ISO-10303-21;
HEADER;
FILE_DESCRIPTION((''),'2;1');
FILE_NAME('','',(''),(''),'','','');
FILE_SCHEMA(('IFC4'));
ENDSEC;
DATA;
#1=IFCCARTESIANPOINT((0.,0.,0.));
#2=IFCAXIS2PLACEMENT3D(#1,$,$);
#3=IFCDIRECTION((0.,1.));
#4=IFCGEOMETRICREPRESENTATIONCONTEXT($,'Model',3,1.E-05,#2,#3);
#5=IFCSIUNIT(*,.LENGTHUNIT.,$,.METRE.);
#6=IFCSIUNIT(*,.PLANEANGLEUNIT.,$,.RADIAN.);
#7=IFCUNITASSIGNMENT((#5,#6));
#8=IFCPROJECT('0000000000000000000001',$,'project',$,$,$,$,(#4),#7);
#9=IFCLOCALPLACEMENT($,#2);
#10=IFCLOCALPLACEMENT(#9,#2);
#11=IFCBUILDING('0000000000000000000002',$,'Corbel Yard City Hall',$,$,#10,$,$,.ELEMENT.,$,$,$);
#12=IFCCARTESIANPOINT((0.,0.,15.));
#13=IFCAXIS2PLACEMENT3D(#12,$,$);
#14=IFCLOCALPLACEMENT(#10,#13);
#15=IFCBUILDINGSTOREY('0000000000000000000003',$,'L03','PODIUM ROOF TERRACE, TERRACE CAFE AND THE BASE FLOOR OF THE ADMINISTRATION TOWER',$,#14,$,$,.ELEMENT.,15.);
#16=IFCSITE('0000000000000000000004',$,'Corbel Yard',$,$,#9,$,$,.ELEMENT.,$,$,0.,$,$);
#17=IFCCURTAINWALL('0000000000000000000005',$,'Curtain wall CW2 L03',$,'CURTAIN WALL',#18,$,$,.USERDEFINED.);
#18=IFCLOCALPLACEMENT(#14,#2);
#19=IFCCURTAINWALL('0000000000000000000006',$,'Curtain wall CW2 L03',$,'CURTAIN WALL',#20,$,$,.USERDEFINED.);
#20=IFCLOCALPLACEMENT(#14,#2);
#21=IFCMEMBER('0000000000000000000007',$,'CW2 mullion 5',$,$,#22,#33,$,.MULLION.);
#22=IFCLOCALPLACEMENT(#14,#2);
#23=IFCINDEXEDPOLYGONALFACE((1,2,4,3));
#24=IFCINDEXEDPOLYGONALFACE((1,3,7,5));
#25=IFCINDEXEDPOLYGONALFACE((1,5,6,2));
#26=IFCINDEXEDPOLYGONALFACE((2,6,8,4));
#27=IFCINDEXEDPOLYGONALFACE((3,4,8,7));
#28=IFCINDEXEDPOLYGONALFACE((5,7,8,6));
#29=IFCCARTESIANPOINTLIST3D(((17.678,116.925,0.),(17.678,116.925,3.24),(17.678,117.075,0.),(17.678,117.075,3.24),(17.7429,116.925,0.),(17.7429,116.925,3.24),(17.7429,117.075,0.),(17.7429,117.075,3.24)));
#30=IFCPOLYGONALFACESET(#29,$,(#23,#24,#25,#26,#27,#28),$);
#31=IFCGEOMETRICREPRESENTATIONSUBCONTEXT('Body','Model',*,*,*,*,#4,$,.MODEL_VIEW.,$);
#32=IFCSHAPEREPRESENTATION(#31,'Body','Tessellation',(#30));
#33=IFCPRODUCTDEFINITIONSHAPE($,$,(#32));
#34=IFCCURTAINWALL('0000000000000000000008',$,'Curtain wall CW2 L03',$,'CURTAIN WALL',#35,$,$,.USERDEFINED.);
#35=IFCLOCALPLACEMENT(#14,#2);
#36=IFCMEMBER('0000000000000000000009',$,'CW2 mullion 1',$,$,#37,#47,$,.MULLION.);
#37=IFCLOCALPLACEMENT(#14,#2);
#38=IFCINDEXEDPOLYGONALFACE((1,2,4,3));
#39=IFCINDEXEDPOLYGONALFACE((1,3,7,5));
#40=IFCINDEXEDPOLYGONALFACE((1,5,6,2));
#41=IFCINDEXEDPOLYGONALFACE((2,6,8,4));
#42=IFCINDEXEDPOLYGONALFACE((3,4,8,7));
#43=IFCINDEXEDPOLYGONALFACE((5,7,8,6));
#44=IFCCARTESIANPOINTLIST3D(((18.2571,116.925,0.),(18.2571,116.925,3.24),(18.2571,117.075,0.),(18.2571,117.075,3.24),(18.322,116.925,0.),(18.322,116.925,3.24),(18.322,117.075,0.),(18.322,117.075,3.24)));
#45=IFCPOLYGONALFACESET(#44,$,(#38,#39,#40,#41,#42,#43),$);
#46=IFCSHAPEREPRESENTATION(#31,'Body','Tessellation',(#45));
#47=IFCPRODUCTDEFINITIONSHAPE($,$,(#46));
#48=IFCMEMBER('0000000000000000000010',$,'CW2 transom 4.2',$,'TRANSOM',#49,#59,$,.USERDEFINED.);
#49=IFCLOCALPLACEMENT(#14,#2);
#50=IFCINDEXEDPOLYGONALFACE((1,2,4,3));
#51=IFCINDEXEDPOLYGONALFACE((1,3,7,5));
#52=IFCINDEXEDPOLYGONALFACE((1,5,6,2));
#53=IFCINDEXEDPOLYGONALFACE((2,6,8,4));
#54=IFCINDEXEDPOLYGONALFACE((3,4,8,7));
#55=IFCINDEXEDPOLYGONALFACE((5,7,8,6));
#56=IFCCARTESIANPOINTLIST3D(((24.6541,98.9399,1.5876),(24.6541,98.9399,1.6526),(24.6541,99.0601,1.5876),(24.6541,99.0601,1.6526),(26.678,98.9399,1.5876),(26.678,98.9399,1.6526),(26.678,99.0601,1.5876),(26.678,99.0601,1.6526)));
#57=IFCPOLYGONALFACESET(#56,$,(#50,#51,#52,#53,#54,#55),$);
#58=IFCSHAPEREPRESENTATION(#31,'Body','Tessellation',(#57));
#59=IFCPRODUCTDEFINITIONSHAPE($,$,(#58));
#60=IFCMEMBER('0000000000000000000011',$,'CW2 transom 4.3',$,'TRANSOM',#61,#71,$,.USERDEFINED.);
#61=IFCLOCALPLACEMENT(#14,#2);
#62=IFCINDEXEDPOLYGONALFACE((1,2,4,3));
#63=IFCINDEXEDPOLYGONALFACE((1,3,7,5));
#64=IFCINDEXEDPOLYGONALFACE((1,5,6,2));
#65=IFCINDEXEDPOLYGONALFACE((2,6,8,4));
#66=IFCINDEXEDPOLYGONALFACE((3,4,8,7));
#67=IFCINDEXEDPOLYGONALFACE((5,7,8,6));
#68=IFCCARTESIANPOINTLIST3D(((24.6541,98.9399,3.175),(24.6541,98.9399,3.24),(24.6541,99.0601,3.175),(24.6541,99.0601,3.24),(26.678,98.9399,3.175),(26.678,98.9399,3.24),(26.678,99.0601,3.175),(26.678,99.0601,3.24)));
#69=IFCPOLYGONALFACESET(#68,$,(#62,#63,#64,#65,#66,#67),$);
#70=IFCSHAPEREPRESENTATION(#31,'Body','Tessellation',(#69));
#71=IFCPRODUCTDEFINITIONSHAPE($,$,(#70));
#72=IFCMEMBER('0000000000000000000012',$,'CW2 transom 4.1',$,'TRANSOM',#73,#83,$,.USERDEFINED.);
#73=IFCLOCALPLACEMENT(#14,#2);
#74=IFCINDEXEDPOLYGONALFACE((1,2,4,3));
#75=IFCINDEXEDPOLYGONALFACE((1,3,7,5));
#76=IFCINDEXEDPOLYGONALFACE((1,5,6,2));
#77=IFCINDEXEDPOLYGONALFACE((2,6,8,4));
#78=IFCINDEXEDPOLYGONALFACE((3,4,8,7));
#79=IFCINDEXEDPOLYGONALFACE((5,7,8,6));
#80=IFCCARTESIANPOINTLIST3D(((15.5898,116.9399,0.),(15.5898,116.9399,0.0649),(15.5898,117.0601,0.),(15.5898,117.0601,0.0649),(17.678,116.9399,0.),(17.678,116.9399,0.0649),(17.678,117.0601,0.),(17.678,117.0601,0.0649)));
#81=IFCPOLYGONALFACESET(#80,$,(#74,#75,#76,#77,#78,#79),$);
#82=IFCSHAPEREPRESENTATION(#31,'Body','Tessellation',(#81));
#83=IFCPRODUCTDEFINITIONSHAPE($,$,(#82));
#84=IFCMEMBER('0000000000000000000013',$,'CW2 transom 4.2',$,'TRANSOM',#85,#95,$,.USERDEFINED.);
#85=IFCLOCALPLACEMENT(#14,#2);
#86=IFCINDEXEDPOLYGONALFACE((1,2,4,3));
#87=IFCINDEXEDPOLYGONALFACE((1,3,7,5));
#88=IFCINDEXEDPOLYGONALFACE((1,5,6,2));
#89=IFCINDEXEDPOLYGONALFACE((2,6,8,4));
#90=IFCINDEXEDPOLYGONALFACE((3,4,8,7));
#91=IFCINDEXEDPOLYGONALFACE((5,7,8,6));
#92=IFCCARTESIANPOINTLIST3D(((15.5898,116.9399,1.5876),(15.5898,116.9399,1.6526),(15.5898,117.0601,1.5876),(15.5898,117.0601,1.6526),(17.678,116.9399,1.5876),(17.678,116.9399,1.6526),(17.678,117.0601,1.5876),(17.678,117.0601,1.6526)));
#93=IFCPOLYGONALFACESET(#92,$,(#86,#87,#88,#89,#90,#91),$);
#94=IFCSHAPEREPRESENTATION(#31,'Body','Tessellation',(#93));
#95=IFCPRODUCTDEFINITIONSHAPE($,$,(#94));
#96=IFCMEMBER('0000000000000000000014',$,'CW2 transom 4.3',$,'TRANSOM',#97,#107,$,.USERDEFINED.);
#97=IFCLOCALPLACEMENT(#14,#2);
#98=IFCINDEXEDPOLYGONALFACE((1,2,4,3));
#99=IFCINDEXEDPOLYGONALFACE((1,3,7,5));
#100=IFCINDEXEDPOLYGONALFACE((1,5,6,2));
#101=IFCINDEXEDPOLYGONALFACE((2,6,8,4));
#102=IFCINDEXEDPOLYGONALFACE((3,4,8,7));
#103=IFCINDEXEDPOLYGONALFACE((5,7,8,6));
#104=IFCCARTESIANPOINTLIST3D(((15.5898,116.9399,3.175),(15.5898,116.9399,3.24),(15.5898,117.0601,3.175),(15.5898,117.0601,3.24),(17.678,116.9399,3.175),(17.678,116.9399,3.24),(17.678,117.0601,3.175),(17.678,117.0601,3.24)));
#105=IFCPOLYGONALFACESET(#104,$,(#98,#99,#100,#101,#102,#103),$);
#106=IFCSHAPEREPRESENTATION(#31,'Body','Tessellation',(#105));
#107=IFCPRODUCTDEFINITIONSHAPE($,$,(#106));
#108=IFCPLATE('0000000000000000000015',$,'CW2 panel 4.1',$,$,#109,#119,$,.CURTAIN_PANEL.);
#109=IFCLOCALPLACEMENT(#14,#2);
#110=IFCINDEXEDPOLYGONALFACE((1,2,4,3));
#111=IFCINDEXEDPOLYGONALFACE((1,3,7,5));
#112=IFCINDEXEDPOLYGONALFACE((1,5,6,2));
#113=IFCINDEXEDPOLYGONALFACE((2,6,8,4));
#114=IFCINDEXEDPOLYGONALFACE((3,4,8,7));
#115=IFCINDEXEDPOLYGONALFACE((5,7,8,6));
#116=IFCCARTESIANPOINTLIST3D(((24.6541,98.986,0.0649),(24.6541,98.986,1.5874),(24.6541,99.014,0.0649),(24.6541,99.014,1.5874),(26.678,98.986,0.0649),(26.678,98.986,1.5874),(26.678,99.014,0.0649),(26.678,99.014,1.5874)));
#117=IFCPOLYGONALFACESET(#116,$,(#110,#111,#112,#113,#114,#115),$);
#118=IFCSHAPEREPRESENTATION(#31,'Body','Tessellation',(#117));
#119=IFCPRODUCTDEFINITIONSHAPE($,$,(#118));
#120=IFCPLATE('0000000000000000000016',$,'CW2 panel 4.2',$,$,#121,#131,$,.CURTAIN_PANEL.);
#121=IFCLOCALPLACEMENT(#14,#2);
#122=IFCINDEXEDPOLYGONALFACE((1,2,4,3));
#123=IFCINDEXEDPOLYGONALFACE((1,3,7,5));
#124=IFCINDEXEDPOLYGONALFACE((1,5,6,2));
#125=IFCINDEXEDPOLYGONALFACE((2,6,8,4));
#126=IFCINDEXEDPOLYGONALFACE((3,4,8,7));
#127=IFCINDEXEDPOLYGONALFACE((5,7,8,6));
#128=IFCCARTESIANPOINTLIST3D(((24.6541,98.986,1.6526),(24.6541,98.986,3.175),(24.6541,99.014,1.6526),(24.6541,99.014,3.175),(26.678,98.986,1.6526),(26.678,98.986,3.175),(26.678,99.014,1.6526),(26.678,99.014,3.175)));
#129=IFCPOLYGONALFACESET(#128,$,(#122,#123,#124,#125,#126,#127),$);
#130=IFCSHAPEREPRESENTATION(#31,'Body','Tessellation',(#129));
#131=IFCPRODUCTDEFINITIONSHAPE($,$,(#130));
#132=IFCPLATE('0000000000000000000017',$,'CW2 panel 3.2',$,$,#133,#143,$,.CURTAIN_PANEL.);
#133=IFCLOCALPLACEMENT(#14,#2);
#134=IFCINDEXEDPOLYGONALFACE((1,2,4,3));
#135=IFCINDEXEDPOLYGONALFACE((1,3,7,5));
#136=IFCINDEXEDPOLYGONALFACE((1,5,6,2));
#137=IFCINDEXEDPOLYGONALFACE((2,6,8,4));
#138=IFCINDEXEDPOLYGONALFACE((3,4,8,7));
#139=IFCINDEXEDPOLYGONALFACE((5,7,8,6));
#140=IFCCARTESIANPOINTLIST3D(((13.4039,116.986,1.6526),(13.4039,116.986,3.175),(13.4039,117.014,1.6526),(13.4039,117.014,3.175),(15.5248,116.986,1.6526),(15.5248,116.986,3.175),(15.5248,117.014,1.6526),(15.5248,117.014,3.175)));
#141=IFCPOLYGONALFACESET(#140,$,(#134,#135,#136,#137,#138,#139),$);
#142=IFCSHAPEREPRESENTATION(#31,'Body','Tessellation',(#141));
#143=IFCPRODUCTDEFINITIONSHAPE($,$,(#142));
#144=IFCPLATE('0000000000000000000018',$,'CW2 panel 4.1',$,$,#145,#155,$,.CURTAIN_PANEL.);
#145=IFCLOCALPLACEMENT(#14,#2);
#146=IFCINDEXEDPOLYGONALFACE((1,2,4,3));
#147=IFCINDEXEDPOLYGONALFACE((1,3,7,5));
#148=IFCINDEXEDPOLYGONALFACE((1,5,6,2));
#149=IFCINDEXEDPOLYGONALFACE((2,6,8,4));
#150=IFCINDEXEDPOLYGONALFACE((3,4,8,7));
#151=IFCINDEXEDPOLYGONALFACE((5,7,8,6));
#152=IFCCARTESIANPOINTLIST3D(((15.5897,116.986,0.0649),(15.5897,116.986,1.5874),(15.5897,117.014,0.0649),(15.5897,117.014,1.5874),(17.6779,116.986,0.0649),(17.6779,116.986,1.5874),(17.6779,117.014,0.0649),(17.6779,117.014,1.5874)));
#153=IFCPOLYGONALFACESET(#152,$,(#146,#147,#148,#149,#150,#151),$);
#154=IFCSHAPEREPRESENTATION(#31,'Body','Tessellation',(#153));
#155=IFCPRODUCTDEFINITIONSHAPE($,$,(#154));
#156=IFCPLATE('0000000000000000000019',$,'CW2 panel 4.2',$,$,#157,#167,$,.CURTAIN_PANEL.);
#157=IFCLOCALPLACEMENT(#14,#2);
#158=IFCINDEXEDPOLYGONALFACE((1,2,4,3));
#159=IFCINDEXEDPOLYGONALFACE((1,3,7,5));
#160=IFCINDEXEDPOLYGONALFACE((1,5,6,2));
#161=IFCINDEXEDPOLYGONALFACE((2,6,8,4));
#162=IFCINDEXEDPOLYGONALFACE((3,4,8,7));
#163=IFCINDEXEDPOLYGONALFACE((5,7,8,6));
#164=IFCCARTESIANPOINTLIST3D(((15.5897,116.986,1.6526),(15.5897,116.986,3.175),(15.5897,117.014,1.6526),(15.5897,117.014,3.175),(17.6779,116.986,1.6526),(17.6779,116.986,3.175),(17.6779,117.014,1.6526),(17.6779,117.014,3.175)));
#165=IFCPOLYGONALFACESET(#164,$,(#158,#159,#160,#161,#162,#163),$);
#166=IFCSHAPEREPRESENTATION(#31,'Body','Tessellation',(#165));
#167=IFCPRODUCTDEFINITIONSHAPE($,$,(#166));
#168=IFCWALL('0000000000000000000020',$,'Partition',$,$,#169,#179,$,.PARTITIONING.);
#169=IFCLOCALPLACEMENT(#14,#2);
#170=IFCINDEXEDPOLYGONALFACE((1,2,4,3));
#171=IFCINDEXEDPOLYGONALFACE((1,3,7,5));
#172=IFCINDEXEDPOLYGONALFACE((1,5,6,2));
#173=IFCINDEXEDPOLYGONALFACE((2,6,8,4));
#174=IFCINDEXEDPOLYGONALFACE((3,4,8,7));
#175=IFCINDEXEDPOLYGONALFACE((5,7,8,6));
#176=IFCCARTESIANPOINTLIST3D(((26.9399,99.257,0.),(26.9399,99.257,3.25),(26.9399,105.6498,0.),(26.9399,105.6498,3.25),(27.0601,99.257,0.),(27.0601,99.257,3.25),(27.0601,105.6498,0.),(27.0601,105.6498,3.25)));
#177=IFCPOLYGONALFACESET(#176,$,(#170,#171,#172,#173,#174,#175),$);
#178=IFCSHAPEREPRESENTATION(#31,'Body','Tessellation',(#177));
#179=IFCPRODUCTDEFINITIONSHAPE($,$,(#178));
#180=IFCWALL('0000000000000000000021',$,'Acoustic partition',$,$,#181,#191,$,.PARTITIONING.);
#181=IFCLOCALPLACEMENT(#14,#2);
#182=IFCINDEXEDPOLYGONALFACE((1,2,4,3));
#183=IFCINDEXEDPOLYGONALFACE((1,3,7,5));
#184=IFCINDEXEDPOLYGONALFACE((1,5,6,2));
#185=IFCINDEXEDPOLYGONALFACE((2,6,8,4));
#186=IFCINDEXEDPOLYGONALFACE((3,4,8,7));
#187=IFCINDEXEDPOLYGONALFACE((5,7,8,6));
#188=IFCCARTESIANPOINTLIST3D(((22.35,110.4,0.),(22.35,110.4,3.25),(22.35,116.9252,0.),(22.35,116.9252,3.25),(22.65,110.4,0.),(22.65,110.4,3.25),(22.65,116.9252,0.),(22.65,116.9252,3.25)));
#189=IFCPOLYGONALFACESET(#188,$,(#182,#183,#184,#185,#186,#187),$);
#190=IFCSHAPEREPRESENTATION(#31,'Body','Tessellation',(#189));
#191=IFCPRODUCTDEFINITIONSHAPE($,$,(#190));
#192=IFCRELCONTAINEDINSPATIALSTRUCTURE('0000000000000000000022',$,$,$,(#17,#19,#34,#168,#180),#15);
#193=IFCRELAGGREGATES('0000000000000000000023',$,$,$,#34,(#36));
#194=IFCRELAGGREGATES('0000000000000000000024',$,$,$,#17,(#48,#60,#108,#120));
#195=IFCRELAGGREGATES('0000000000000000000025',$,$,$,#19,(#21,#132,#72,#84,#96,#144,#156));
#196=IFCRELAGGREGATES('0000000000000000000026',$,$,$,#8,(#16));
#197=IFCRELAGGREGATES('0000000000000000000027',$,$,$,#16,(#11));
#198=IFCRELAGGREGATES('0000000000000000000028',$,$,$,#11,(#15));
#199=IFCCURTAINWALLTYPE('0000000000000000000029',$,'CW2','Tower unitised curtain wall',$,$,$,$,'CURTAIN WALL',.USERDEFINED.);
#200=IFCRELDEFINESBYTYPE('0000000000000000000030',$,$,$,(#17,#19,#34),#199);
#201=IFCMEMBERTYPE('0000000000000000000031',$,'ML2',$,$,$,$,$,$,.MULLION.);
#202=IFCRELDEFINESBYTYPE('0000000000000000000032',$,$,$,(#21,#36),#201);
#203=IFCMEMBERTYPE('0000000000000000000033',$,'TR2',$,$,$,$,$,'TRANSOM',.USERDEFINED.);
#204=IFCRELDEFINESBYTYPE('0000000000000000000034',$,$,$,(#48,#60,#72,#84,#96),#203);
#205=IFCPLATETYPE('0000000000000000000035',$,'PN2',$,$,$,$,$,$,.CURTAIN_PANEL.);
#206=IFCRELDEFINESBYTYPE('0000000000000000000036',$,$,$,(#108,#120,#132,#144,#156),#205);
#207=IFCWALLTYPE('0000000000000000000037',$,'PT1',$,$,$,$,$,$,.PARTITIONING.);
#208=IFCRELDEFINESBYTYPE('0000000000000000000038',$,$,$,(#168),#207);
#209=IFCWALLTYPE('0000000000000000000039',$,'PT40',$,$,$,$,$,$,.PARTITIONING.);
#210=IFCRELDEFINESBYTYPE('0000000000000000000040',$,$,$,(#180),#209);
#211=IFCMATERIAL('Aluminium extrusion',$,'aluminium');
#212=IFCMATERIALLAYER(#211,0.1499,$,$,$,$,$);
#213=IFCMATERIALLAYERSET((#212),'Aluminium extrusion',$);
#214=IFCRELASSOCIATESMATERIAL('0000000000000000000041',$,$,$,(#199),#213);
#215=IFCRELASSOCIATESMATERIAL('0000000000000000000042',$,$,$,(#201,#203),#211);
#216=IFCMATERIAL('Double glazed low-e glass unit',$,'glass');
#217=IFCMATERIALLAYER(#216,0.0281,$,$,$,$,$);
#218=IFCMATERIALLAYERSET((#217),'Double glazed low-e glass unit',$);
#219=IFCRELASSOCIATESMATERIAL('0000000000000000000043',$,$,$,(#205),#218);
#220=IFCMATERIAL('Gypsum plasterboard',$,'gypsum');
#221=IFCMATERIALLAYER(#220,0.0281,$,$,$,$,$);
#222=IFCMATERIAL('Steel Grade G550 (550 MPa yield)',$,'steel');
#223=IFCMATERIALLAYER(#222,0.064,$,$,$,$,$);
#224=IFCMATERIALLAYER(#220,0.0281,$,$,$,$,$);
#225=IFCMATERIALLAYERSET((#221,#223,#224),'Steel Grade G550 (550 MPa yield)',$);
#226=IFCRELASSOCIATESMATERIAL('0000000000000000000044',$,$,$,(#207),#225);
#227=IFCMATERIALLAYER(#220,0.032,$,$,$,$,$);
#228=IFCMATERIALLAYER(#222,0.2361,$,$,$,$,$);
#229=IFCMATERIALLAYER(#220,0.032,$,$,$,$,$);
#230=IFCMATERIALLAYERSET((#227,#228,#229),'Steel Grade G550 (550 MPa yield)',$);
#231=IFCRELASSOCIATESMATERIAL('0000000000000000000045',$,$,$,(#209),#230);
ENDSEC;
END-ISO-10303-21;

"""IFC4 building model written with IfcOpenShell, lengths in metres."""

from ifc_helpers import new_model, si_unit, direction, frame, frame_2d, origin, origin_2d, place, context, subcontext, project, spatial, rectangle, extrude, material, layer, layer_set, material_profile, profile_set, type_object, element, aggregate, save


model = new_model("IFC4")

# Units and contexts
model_context = context("Model", 3, precision=1e-05, world=origin(), true_north=direction((0.0, 1.0)))
body_context = subcontext(model_context, "Body", "Model", "MODEL_VIEW")
ifc_project = project(units=[si_unit("LENGTHUNIT", "METRE"), si_unit("PLANEANGLEUNIT", "RADIAN")], contexts=[model_context])

# Site, building, storey
site_placement = place(None, origin())
site = spatial("IfcSite", under=ifc_project, at=site_placement, Name="Corbel Yard", CompositionType="ELEMENT", RefElevation=0.0)
building_placement = place(site_placement, origin())
building = spatial("IfcBuilding", under=site, at=building_placement, Name="Corbel Yard City Hall", CompositionType="ELEMENT")
storey_placement = place(building_placement, frame((0.0, 0.0, 15.0)))
storey = spatial("IfcBuildingStorey", under=building, at=storey_placement, Name="L03", Description="PODIUM ROOF TERRACE, TERRACE CAFE AND THE BASE FLOOR OF THE ADMINISTRATION TOWER", CompositionType="ELEMENT", Elevation=15.0)

# Curtain wall
ifc_material_1 = material(Name="Aluminium extrusion", Category="aluminium")
ifc_layer_1 = layer(ifc_material_1, 0.1499)
ifc_layer_set_1 = layer_set([ifc_layer_1], Name="Aluminium extrusion")
curtain_wall_type = type_object("IfcCurtainWallType", Name="CW2", Description="Tower unitised curtain wall", ElementType="CURTAIN WALL", PredefinedType="USERDEFINED", material=ifc_layer_set_1)
curtain_wall_1_placement = place(storey_placement, origin())
curtain_wall_1 = element("IfcCurtainWall", 1, at=curtain_wall_1_placement, inside=storey, type_object=curtain_wall_type, Name="Curtain wall CW2 L03", ObjectType="CURTAIN WALL", PredefinedType="USERDEFINED")
ifc_material_profile_1 = material_profile(ifc_material_1, rectangle(XDim=0.1499, YDim=0.0649, at=origin_2d()), Name="150x65")
ifc_profile_set_1 = profile_set([ifc_material_profile_1], Name="Aluminium extrusion")
member_type_1 = type_object("IfcMemberType", Name="ML2", PredefinedType="MULLION", material=ifc_profile_set_1)

# Curtain wall, member
curtain_wall_2_placement = place(storey_placement, origin())
curtain_wall_2 = element("IfcCurtainWall", 2, at=curtain_wall_2_placement, inside=storey, type_object=curtain_wall_type, Name="Curtain wall CW2 L03", ObjectType="CURTAIN WALL", PredefinedType="USERDEFINED")
member_1_placement = place(storey_placement, frame((17.7104, 117.0, 0.0), z_axis=(0.0, 0.0, 1.0), x_axis=(0.0, 1.0, 0.0)))
member_1 = element("IfcMember", 3, at=member_1_placement, type_object=member_type_1, Name="CW2 mullion 5", PredefinedType="MULLION", context=body_context, shape_type="SweptSolid", body=[
    extrude(rectangle(XDim=0.1499, YDim=0.0649, at=origin_2d()), origin(), (0.0, 0.0, 1.0), 3.24),
])

# Curtain wall, member
curtain_wall_3_placement = place(storey_placement, origin())
curtain_wall_3 = element("IfcCurtainWall", 4, at=curtain_wall_3_placement, inside=storey, type_object=curtain_wall_type, Name="Curtain wall CW2 L03", ObjectType="CURTAIN WALL", PredefinedType="USERDEFINED")
member_2_placement = place(storey_placement, frame((18.2896, 117.0, 0.0), z_axis=(0.0, 0.0, 1.0), x_axis=(0.0, 1.0, 0.0)))
member_2 = element("IfcMember", 5, at=member_2_placement, type_object=member_type_1, Name="CW2 mullion 1", PredefinedType="MULLION", context=body_context, shape_type="SweptSolid", body=[
    extrude(rectangle(XDim=0.1499, YDim=0.0649, at=origin_2d()), origin(), (0.0, 0.0, 1.0), 3.24),
])
aggregate(curtain_wall_3, [member_2])

# Members
ifc_material_profile_2 = material_profile(ifc_material_1, rectangle(XDim=0.1201, YDim=0.0649, at=origin_2d()), Name="120x65")
ifc_profile_set_2 = profile_set([ifc_material_profile_2], Name="Aluminium extrusion")
member_type_2 = type_object("IfcMemberType", Name="TR2", ElementType="TRANSOM", PredefinedType="USERDEFINED", material=ifc_profile_set_2)
member_3_placement = place(storey_placement, frame((24.6541, 99.0, 1.6201), z_axis=(1.0, 0.0, 0.0), x_axis=(0.0, 1.0, 0.0)))
member_3 = element("IfcMember", 6, at=member_3_placement, type_object=member_type_2, Name="CW2 transom 4.2", ObjectType="TRANSOM", PredefinedType="USERDEFINED", context=body_context, shape_type="SweptSolid", body=[
    extrude(rectangle(XDim=0.1201, YDim=0.0649, at=origin_2d()), origin(), (0.0, 0.0, 1.0), 2.0239),
])
member_4_placement = place(storey_placement, frame((24.6541, 99.0, 3.2075), z_axis=(1.0, 0.0, 0.0), x_axis=(0.0, 1.0, 0.0)))
member_4 = element("IfcMember", 7, at=member_4_placement, type_object=member_type_2, Name="CW2 transom 4.3", ObjectType="TRANSOM", PredefinedType="USERDEFINED", context=body_context, shape_type="SweptSolid", body=[
    extrude(rectangle(XDim=0.1201, YDim=0.0649, at=origin_2d()), origin(), (0.0, 0.0, 1.0), 2.0239),
])
member_5_placement = place(storey_placement, frame((15.5898, 117.0, 0.0325), z_axis=(1.0, 0.0, 0.0), x_axis=(0.0, 1.0, 0.0)))
member_5 = element("IfcMember", 8, at=member_5_placement, type_object=member_type_2, Name="CW2 transom 4.1", ObjectType="TRANSOM", PredefinedType="USERDEFINED", context=body_context, shape_type="SweptSolid", body=[
    extrude(rectangle(XDim=0.1201, YDim=0.0649, at=origin_2d()), origin(), (0.0, 0.0, 1.0), 2.0881),
])
member_6_placement = place(storey_placement, frame((15.5898, 117.0, 1.6201), z_axis=(1.0, 0.0, 0.0), x_axis=(0.0, 1.0, 0.0)))
member_6 = element("IfcMember", 9, at=member_6_placement, type_object=member_type_2, Name="CW2 transom 4.2", ObjectType="TRANSOM", PredefinedType="USERDEFINED", context=body_context, shape_type="SweptSolid", body=[
    extrude(rectangle(XDim=0.1201, YDim=0.0649, at=origin_2d()), origin(), (0.0, 0.0, 1.0), 2.0881),
])
member_7_placement = place(storey_placement, frame((15.5898, 117.0, 3.2075), z_axis=(1.0, 0.0, 0.0), x_axis=(0.0, 1.0, 0.0)))
member_7 = element("IfcMember", 10, at=member_7_placement, type_object=member_type_2, Name="CW2 transom 4.3", ObjectType="TRANSOM", PredefinedType="USERDEFINED", context=body_context, shape_type="SweptSolid", body=[
    extrude(rectangle(XDim=0.1201, YDim=0.0649, at=origin_2d()), origin(), (0.0, 0.0, 1.0), 2.0881),
])

# Plates
ifc_material_2 = material(Name="Double glazed low-e glass unit", Category="glass")
ifc_layer_2 = layer(ifc_material_2, 0.0281)
ifc_layer_set_2 = layer_set([ifc_layer_2], Name="Double glazed low-e glass unit")
plate_type = type_object("IfcPlateType", Name="PN2", PredefinedType="CURTAIN_PANEL", material=ifc_layer_set_2)
plate_1_placement = place(storey_placement, frame((25.666, 99.0, 0.0649), z_axis=(0.0, 0.0, 1.0), x_axis=(1.0, 0.0, 0.0)))
plate_1 = element("IfcPlate", 11, at=plate_1_placement, type_object=plate_type, Name="CW2 panel 4.1", PredefinedType="CURTAIN_PANEL", context=body_context, shape_type="SweptSolid", body=[
    extrude(rectangle(XDim=2.0239, YDim=0.0281, at=origin_2d()), origin(), (0.0, 0.0, 1.0), 1.5225),
])
plate_2_placement = place(storey_placement, frame((25.666, 99.0, 1.6526), z_axis=(0.0, 0.0, 1.0), x_axis=(1.0, 0.0, 0.0)))
plate_2 = element("IfcPlate", 12, at=plate_2_placement, type_object=plate_type, Name="CW2 panel 4.2", PredefinedType="CURTAIN_PANEL", context=body_context, shape_type="SweptSolid", body=[
    extrude(rectangle(XDim=2.0239, YDim=0.0281, at=origin_2d()), origin(), (0.0, 0.0, 1.0), 1.5225),
])
aggregate(curtain_wall_1, [member_3, member_4, plate_1, plate_2])
plate_3_placement = place(storey_placement, frame((14.4644, 117.0, 1.6526), z_axis=(0.0, 0.0, 1.0), x_axis=(1.0, 0.0, 0.0)))
plate_3 = element("IfcPlate", 13, at=plate_3_placement, type_object=plate_type, Name="CW2 panel 3.2", PredefinedType="CURTAIN_PANEL", context=body_context, shape_type="SweptSolid", body=[
    extrude(rectangle(XDim=2.1208, YDim=0.0281, at=origin_2d()), origin(), (0.0, 0.0, 1.0), 1.5225),
])
plate_4_placement = place(storey_placement, frame((16.6338, 117.0, 0.0649), z_axis=(0.0, 0.0, 1.0), x_axis=(1.0, 0.0, 0.0)))
plate_4 = element("IfcPlate", 14, at=plate_4_placement, type_object=plate_type, Name="CW2 panel 4.1", PredefinedType="CURTAIN_PANEL", context=body_context, shape_type="SweptSolid", body=[
    extrude(rectangle(XDim=2.0881, YDim=0.0281, at=origin_2d()), origin(), (0.0, 0.0, 1.0), 1.5225),
])
plate_5_placement = place(storey_placement, frame((16.6338, 117.0, 1.6526), z_axis=(0.0, 0.0, 1.0), x_axis=(1.0, 0.0, 0.0)))
plate_5 = element("IfcPlate", 15, at=plate_5_placement, type_object=plate_type, Name="CW2 panel 4.2", PredefinedType="CURTAIN_PANEL", context=body_context, shape_type="SweptSolid", body=[
    extrude(rectangle(XDim=2.0881, YDim=0.0281, at=origin_2d()), origin(), (0.0, 0.0, 1.0), 1.5225),
])
aggregate(curtain_wall_2, [member_1, plate_3, member_5, member_6, member_7, plate_4, plate_5])

# Walls
ifc_material_3 = material(Name="Gypsum plasterboard", Category="gypsum")
ifc_layer_3 = layer(ifc_material_3, 0.0281)
ifc_material_4 = material(Name="Steel Grade G550 (550 MPa yield)", Category="steel")
ifc_layer_4 = layer(ifc_material_4, 0.064)
ifc_layer_5 = layer(ifc_material_3, 0.0281)
ifc_layer_set_3 = layer_set([ifc_layer_3, ifc_layer_4, ifc_layer_5], Name="Steel Grade G550 (550 MPa yield)")
wall_type_1 = type_object("IfcWallType", Name="PT1", PredefinedType="PARTITIONING", material=ifc_layer_set_3)
wall_1_placement = place(storey_placement, frame((27.0, 99.2571, 0.0), z_axis=(0.0, 0.0, 1.0), x_axis=(0.0, 1.0, 0.0)))
element("IfcWall", 16, at=wall_1_placement, inside=storey, type_object=wall_type_1, Name="Partition", PredefinedType="PARTITIONING", context=body_context, shape_type="SweptSolid", body=[
    extrude(rectangle(XDim=6.3928, YDim=0.1201, at=frame_2d((3.1963, 0.0))), origin(), (0.0, 0.0, 1.0), 3.25),
])
ifc_layer_6 = layer(ifc_material_3, 0.032)
ifc_layer_7 = layer(ifc_material_4, 0.2361)
ifc_layer_8 = layer(ifc_material_3, 0.032)
ifc_layer_set_4 = layer_set([ifc_layer_6, ifc_layer_7, ifc_layer_8], Name="Steel Grade G550 (550 MPa yield)")
wall_type_2 = type_object("IfcWallType", Name="PT40", PredefinedType="PARTITIONING", material=ifc_layer_set_4)
wall_2_placement = place(storey_placement, frame((22.5, 110.3999, 0.0), z_axis=(0.0, 0.0, 1.0), x_axis=(0.0, 1.0, 0.0)))
element("IfcWall", 17, at=wall_2_placement, inside=storey, type_object=wall_type_2, Name="Acoustic partition", PredefinedType="PARTITIONING", context=body_context, shape_type="SweptSolid", body=[
    extrude(rectangle(XDim=6.5251, YDim=0.3, at=frame_2d((3.2627, 0.0))), origin(), (0.0, 0.0, 1.0), 3.25),
])

save(model, "model.ifc")
